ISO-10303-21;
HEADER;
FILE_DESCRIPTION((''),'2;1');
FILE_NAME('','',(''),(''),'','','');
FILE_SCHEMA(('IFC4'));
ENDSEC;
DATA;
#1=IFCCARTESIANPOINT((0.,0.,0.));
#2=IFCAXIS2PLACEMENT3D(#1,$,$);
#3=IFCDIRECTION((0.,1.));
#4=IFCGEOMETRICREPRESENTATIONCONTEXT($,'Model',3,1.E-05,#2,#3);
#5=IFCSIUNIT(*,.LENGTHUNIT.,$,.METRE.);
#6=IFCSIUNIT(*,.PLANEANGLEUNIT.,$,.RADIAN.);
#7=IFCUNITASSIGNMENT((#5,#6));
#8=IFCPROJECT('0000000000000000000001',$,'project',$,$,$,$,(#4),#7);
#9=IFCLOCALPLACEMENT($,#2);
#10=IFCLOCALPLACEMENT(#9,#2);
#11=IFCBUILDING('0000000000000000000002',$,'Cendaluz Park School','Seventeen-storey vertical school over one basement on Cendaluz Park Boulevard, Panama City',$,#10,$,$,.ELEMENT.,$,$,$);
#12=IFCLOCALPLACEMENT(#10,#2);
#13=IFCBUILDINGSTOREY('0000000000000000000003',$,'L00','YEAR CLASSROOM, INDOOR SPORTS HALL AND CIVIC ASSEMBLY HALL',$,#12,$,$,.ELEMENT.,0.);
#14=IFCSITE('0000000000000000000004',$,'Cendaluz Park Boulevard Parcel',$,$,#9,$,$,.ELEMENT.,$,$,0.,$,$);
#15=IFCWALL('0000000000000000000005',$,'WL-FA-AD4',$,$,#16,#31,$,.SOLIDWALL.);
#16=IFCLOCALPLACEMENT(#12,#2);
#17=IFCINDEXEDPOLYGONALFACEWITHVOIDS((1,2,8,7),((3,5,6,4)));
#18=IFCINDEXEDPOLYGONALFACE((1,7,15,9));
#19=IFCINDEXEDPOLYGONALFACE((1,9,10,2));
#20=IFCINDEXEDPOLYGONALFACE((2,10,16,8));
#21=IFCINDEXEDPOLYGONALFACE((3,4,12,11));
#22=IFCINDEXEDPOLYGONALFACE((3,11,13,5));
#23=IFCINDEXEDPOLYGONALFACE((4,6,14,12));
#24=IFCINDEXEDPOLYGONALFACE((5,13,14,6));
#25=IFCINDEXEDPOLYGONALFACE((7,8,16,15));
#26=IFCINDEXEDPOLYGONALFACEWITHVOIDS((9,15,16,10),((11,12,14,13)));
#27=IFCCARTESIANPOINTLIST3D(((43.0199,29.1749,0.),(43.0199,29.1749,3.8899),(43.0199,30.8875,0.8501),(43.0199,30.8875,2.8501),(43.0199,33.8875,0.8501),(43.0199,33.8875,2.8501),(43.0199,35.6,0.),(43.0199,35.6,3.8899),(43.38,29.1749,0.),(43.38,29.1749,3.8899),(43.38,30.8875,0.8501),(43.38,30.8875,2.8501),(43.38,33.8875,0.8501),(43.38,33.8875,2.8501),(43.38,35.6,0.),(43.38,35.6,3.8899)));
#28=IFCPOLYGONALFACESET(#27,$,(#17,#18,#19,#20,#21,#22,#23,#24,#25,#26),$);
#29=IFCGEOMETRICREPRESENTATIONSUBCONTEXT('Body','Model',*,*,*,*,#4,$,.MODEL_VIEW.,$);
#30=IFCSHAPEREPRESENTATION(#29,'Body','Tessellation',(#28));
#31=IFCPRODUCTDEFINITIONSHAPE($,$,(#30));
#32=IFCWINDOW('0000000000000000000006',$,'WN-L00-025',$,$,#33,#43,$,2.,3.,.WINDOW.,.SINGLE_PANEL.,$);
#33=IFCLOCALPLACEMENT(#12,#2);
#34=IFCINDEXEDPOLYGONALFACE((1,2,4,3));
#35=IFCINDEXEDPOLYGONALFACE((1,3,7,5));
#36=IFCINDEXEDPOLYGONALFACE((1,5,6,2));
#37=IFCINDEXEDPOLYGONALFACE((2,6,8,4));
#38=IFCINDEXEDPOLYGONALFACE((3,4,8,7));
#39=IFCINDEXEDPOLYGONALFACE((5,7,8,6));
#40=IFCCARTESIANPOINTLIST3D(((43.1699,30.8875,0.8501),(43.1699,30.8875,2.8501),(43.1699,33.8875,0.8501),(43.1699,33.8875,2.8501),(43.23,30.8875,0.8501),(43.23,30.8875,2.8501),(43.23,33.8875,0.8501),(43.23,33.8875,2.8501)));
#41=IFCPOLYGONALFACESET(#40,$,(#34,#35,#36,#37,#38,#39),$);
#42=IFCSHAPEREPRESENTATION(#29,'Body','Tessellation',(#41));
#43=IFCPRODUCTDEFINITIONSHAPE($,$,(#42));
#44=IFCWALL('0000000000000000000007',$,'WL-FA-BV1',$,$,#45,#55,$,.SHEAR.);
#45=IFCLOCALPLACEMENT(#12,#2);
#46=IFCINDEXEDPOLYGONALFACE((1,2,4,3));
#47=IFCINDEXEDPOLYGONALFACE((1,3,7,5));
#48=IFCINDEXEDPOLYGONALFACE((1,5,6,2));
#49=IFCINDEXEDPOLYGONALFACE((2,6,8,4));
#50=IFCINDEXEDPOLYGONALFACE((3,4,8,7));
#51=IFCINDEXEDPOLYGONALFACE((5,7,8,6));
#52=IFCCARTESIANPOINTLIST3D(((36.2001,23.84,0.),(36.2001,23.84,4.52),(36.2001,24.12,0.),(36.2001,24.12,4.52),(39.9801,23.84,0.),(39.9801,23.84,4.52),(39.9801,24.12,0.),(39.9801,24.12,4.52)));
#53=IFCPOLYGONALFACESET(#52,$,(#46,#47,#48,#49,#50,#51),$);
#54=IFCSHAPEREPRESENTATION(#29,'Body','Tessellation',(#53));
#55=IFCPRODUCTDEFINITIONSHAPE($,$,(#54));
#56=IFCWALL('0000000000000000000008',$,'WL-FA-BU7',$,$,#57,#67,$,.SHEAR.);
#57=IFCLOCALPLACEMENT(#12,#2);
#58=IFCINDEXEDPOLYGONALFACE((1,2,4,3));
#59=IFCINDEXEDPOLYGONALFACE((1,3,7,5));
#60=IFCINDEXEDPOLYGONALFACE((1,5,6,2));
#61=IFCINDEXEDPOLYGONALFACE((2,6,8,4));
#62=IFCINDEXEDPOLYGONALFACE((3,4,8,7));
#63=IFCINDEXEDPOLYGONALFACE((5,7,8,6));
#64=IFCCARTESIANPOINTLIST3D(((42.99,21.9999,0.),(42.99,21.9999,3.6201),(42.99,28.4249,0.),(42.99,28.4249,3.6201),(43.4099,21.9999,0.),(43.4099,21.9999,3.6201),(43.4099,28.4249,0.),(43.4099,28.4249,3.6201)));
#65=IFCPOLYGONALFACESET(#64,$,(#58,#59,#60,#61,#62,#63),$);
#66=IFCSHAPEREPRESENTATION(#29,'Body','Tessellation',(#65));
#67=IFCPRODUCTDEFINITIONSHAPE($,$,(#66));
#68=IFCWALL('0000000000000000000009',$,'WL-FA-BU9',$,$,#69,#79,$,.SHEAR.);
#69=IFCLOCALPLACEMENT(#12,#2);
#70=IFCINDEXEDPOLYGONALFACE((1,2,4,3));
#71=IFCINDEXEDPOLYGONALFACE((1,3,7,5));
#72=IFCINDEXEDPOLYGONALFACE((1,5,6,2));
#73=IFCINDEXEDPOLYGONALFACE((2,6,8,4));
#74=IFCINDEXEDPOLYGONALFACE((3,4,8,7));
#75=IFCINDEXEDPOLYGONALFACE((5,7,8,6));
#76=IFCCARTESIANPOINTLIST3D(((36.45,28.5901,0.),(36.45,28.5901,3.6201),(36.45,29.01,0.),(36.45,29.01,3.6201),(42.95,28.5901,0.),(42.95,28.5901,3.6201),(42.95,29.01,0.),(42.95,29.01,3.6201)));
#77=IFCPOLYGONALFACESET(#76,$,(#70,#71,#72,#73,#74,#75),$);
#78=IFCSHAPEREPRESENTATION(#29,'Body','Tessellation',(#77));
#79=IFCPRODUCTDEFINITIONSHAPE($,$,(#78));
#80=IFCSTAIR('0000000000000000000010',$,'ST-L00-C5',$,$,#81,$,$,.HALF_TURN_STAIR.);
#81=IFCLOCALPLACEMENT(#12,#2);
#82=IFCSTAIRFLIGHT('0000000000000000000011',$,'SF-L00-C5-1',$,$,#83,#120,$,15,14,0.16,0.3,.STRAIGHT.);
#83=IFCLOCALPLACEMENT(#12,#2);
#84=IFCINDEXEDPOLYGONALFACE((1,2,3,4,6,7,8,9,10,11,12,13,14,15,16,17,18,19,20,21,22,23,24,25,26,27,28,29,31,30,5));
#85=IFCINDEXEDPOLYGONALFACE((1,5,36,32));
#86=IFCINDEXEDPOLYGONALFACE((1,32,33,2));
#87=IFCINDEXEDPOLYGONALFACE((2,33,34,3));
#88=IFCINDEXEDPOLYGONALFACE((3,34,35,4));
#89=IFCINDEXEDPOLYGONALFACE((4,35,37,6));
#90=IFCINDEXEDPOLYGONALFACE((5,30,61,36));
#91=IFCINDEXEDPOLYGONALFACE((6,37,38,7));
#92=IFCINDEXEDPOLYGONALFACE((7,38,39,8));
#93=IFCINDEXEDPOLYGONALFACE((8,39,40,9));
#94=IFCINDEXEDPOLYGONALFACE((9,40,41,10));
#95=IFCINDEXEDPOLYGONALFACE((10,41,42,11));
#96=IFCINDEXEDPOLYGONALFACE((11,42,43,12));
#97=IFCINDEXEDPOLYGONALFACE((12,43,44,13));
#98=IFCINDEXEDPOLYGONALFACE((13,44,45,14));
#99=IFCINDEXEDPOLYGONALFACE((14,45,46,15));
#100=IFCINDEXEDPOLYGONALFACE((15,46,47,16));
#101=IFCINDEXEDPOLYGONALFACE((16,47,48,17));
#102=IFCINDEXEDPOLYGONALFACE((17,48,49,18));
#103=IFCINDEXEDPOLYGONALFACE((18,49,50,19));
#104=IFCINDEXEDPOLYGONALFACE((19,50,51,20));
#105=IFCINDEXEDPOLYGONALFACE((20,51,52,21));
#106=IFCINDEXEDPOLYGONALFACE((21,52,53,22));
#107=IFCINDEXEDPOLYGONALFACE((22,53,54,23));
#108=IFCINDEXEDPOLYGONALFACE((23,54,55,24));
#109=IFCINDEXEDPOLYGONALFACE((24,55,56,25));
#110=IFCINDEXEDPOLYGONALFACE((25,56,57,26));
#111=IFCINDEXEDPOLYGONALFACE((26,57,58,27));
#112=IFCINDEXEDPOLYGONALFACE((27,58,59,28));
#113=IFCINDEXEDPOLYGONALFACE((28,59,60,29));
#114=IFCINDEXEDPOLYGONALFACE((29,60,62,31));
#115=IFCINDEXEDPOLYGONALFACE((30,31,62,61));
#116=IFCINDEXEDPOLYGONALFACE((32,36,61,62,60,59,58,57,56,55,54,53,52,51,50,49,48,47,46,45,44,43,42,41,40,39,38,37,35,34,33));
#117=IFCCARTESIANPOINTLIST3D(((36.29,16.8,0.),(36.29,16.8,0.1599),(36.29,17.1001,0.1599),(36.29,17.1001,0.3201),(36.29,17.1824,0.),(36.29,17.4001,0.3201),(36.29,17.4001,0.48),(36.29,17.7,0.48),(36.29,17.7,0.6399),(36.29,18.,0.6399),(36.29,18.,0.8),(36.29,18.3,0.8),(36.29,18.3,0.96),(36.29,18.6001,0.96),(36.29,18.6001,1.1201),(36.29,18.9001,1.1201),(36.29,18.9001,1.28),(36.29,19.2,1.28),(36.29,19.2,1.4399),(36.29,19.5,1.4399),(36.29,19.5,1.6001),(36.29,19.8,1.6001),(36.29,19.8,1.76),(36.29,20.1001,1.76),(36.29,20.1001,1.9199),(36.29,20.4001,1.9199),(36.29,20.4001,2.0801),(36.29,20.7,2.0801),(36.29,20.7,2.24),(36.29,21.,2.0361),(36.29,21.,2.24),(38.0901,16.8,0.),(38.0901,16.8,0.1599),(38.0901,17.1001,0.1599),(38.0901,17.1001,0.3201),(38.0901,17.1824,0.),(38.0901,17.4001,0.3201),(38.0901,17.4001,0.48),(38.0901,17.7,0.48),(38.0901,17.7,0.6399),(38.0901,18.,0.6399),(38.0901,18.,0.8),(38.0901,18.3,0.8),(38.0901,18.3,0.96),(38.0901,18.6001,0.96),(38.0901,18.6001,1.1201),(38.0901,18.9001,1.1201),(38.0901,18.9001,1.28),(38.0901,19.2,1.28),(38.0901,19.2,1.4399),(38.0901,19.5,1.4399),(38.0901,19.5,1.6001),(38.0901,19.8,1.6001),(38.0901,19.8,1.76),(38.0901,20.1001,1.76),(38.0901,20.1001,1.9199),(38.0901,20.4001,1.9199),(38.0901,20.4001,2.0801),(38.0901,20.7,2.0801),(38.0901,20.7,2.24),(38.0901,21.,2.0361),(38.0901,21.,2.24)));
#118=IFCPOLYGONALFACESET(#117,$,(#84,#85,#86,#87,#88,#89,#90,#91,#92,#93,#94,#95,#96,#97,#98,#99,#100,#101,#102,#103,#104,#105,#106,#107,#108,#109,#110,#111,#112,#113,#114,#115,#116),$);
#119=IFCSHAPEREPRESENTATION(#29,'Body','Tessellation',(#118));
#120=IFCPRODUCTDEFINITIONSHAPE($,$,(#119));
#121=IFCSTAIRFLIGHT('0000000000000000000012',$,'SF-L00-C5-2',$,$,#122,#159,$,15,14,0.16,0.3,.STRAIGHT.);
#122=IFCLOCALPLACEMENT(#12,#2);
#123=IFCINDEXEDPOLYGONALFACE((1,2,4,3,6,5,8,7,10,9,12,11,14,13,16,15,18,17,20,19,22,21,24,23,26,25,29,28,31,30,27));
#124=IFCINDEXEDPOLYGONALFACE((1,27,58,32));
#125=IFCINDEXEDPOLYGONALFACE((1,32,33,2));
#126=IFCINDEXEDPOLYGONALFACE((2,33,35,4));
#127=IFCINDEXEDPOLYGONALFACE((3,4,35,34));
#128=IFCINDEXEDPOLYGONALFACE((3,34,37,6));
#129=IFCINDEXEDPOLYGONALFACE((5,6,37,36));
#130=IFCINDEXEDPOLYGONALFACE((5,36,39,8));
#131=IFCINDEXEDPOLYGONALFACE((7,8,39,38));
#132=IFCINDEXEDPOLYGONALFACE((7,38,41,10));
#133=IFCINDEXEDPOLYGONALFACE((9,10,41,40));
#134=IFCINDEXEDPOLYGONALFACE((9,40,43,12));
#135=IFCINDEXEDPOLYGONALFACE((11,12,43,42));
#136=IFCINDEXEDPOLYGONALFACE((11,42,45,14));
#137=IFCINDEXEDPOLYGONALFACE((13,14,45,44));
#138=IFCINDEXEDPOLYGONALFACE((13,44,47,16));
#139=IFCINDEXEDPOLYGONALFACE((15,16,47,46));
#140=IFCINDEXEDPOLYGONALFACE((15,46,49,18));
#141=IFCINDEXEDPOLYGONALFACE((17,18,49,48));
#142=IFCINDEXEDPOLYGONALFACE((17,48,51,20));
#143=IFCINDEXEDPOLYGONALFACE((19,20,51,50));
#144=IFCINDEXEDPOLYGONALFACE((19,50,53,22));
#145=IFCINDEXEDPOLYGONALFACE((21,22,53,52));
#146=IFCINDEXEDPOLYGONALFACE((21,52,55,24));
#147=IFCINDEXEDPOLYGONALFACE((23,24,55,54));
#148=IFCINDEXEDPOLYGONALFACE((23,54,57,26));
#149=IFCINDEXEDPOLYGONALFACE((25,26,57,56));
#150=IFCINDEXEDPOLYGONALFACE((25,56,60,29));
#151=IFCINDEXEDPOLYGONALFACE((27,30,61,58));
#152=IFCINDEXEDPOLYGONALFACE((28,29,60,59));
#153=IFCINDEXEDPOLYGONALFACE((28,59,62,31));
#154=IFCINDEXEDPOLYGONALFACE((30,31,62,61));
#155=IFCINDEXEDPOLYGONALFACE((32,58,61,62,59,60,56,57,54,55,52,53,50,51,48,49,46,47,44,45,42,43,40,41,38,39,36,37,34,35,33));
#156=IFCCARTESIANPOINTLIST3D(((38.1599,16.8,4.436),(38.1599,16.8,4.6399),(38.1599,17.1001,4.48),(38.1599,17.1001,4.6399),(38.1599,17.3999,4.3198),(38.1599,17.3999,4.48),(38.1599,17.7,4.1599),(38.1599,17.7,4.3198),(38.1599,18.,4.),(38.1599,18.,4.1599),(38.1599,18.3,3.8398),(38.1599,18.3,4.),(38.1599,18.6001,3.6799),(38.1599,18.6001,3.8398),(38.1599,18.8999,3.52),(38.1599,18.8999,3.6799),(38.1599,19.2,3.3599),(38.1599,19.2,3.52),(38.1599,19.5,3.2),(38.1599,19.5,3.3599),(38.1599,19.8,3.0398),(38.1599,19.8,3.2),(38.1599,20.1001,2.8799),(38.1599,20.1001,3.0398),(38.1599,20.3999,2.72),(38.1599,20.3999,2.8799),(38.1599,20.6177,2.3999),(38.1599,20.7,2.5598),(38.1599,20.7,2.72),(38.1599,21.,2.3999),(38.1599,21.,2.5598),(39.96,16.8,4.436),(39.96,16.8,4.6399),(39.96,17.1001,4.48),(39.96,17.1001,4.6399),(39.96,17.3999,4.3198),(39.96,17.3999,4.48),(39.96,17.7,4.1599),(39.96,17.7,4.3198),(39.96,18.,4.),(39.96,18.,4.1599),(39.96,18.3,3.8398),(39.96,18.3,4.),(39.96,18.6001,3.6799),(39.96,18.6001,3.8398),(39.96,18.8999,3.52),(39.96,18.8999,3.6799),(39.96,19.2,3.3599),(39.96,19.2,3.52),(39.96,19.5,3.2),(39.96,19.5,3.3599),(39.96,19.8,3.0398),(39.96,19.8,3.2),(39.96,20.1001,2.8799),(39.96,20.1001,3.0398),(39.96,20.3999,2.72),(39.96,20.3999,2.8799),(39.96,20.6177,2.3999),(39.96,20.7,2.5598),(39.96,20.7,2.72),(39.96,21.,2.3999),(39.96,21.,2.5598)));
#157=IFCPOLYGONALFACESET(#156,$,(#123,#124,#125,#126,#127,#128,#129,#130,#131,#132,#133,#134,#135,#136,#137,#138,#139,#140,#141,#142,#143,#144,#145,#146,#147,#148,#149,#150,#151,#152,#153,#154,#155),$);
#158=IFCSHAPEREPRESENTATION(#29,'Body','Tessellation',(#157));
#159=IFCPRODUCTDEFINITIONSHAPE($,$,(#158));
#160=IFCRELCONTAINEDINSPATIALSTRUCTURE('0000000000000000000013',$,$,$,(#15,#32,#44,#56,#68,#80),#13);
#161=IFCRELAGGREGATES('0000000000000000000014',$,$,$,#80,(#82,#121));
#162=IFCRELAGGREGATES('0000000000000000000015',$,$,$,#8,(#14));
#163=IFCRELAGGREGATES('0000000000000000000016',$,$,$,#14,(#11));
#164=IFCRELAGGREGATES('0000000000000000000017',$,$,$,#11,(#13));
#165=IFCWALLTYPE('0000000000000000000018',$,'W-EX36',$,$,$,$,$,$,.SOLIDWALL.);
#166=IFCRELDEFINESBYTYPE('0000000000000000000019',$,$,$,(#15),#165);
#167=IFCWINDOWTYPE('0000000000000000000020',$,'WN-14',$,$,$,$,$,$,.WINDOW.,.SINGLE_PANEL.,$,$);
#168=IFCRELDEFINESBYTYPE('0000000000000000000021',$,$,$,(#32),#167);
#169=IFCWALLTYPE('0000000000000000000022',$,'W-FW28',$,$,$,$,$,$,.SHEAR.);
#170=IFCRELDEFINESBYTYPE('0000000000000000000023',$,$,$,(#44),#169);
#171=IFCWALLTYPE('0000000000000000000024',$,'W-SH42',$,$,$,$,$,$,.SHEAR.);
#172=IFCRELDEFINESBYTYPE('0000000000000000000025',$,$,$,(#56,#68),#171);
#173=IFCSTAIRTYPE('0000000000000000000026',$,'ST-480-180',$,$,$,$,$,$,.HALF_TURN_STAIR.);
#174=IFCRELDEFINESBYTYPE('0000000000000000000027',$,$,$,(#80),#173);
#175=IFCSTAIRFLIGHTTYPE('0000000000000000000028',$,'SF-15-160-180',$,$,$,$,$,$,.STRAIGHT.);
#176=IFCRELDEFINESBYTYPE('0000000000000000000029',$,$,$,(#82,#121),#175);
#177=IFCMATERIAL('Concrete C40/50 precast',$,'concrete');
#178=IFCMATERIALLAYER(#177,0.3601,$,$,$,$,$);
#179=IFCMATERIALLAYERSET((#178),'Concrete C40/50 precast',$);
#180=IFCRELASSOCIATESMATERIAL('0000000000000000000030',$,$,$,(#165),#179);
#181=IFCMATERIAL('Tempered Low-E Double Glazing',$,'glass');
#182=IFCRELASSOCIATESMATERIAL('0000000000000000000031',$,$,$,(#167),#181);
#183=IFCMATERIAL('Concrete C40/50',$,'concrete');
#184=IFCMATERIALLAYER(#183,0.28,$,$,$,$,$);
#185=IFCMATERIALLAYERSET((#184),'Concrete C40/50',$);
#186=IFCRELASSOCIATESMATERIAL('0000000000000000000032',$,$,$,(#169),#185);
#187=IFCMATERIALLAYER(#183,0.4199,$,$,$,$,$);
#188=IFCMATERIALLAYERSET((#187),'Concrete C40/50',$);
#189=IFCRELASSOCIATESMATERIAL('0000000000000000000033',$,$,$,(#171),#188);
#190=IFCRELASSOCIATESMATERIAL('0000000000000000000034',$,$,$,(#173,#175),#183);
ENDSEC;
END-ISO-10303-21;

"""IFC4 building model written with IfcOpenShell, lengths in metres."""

from ifc_helpers import new_model, si_unit, direction, frame, frame_2d, origin, place, context, subcontext, project, spatial, polyline, rectangle, outline, extrude, material, layer, layer_set, type_object, element, fill, aggregate, save


model = new_model("IFC4")

# Units and contexts
model_context = context("Model", 3, precision=1e-05, world=origin(), true_north=direction((0.0, 1.0)))
body_context = subcontext(model_context, "Body", "Model", "MODEL_VIEW")
ifc_project = project(units=[si_unit("LENGTHUNIT", "METRE"), si_unit("PLANEANGLEUNIT", "RADIAN")], contexts=[model_context])

# Site, building, storey
site_placement = place(None, origin())
site = spatial("IfcSite", under=ifc_project, at=site_placement, Name="Cendaluz Park Boulevard Parcel", CompositionType="ELEMENT", RefElevation=0.0)
building_placement = place(site_placement, origin())
building = spatial("IfcBuilding", under=site, at=building_placement, Name="Cendaluz Park School", Description="Seventeen-storey vertical school over one basement on Cendaluz Park Boulevard, Panama City", CompositionType="ELEMENT")
storey_placement = place(building_placement, origin())
storey = spatial("IfcBuildingStorey", under=building, at=storey_placement, Name="L00", Description="YEAR CLASSROOM, INDOOR SPORTS HALL AND CIVIC ASSEMBLY HALL", CompositionType="ELEMENT", Elevation=0.0)

# Shared definitions
ifc_material_1 = material(Name="Concrete C40/50", Category="concrete")

# Wall, opening, window
ifc_material_2 = material(Name="Concrete C40/50 precast", Category="concrete")
ifc_layer_1 = layer(ifc_material_2, 0.3601)
ifc_layer_set_1 = layer_set([ifc_layer_1], Name="Concrete C40/50 precast")
wall_type_1 = type_object("IfcWallType", Name="W-EX36", PredefinedType="SOLIDWALL", material=ifc_layer_set_1)
wall_1_placement = place(storey_placement, frame((43.2, 29.175, 0.0), z_axis=(0.0, 0.0, 1.0), x_axis=(0.0, 1.0, 0.0)))
wall_1 = element("IfcWall", 1, at=wall_1_placement, inside=storey, type_object=wall_type_1, Name="WL-FA-AD4", PredefinedType="SOLIDWALL", context=body_context, shape_type="SweptSolid", body=[
    extrude(rectangle(XDim=6.425, YDim=0.3601, at=frame_2d((3.2124, 0.0))), origin(), (0.0, 0.0, 1.0), 3.8899),
])
opening_1_placement = place(wall_1_placement, frame((1.7124, 0.0, 0.8501)))
opening_1 = element("IfcOpeningElement", 2, at=opening_1_placement, cuts=wall_1, PredefinedType="OPENING", context=body_context, shape_type="SweptSolid", body=[
    extrude(rectangle(XDim=3.0, YDim=2.0, at=frame_2d((1.5, 1.0))), frame((0.0, 0.1921, 0.0), z_axis=(0.0, -1.0, 0.0), x_axis=(1.0, 0.0, 0.0)), (0.0, 0.0, 1.0), 0.384),
])
ifc_material_3 = material(Name="Tempered Low-E Double Glazing", Category="glass")
window_type = type_object("IfcWindowType", Name="WN-14", PartitioningType="SINGLE_PANEL", PredefinedType="WINDOW", material=ifc_material_3)
window_placement = place(opening_1_placement, origin())
window = element("IfcWindow", 3, at=window_placement, inside=storey, type_object=window_type, Name="WN-L00-025", OverallHeight=2.0, OverallWidth=3.0, PartitioningType="SINGLE_PANEL", PredefinedType="WINDOW", context=body_context, shape_type="SweptSolid", body=[
    extrude(rectangle(XDim=3.0, YDim=2.0, at=frame_2d((1.5, 1.0))), frame((0.0, 0.03, 0.0), z_axis=(0.0, -1.0, 0.0), x_axis=(1.0, 0.0, 0.0)), (0.0, 0.0, 1.0), 0.0601),
])
fill(opening_1, window)

# Wall
ifc_layer_2 = layer(ifc_material_1, 0.28)
ifc_layer_set_2 = layer_set([ifc_layer_2], Name="Concrete C40/50")
wall_type_2 = type_object("IfcWallType", Name="W-FW28", PredefinedType="SHEAR", material=ifc_layer_set_2)
wall_2_placement = place(storey_placement, frame((36.2, 23.98, 0.0), z_axis=(0.0, 0.0, 1.0), x_axis=(1.0, 0.0, 0.0)))
element("IfcWall", 4, at=wall_2_placement, inside=storey, type_object=wall_type_2, Name="WL-FA-BV1", PredefinedType="SHEAR", context=body_context, shape_type="SweptSolid", body=[
    extrude(rectangle(XDim=3.78, YDim=0.28, at=frame_2d((1.8901, 0.0))), origin(), (0.0, 0.0, 1.0), 4.52),
])

# Walls
ifc_layer_3 = layer(ifc_material_1, 0.4199)
ifc_layer_set_3 = layer_set([ifc_layer_3], Name="Concrete C40/50")
wall_type_3 = type_object("IfcWallType", Name="W-SH42", PredefinedType="SHEAR", material=ifc_layer_set_3)
wall_3_placement = place(storey_placement, frame((43.2, 22.0, 0.0), z_axis=(0.0, 0.0, 1.0), x_axis=(0.0, 1.0, 0.0)))
element("IfcWall", 5, at=wall_3_placement, inside=storey, type_object=wall_type_3, Name="WL-FA-BU7", PredefinedType="SHEAR", context=body_context, shape_type="SweptSolid", body=[
    extrude(rectangle(XDim=6.425, YDim=0.4199, at=frame_2d((3.2124, 0.0))), origin(), (0.0, 0.0, 1.0), 3.6201),
])
wall_4_placement = place(storey_placement, frame((36.45, 28.8, 0.0), z_axis=(0.0, 0.0, 1.0), x_axis=(1.0, 0.0, 0.0)))
element("IfcWall", 6, at=wall_4_placement, inside=storey, type_object=wall_type_3, Name="WL-FA-BU9", PredefinedType="SHEAR", context=body_context, shape_type="SweptSolid", body=[
    extrude(rectangle(XDim=6.5, YDim=0.4199, at=frame_2d((3.25, 0.0))), origin(), (0.0, 0.0, 1.0), 3.6201),
])

# Stair, stair flights
stair_type = type_object("IfcStairType", Name="ST-480-180", PredefinedType="HALF_TURN_STAIR", material=ifc_material_1)
stair_placement = place(storey_placement, origin())
stair = element("IfcStair", 7, at=stair_placement, inside=storey, type_object=stair_type, Name="ST-L00-C5", PredefinedType="HALF_TURN_STAIR")
stair_flight_type = type_object("IfcStairFlightType", Name="SF-15-160-180", PredefinedType="STRAIGHT", material=ifc_material_1)
stair_flight_1_placement = place(storey_placement, frame((37.1899, 16.8, 0.0), z_axis=(0.0, 0.0, 1.0), x_axis=(0.0, 1.0, 0.0)))
stair_flight_1 = element("IfcStairFlight", 8, at=stair_flight_1_placement, type_object=stair_flight_type, Name="SF-L00-C5-1", NumberOfRisers=15, NumberOfTreads=14, PredefinedType="STRAIGHT", RiserHeight=0.16, TreadLength=0.3, context=body_context, shape_type="SweptSolid", body=[
    extrude(outline(polyline([(0.0, 0.0), (0.0, 0.1599), (0.3, 0.1599), (0.3, 0.3201), (0.6001, 0.3201), (0.6001, 0.48), (0.8999, 0.48), (0.8999, 0.6399), (1.2, 0.6399), (1.2, 0.8), (1.5, 0.8), (1.5, 0.96), (1.8, 0.96), (1.8, 1.1201), (2.1001, 1.1201), (2.1001, 1.28), (2.3999, 1.28), (2.3999, 1.4399), (2.7, 1.4399), (2.7, 1.6001), (3.0, 1.6001), (3.0, 1.76), (3.3, 1.76), (3.3, 1.9199), (3.6001, 1.9199), (3.6001, 2.0801), (3.8999, 2.0801), (3.8999, 2.24), (4.2, 2.24), (4.2, 2.3999), (4.2, 2.0361), (0.3823, 0.0), (0.0, 0.0)])), frame((0.0, 0.8999, 0.0), z_axis=(0.0, -1.0, 0.0), x_axis=(1.0, 0.0, 0.0)), (0.0, 0.0, 1.0), 1.8),
])
stair_flight_2_placement = place(storey_placement, frame((39.0601, 21.0, 2.3999), z_axis=(0.0, 0.0, 1.0), x_axis=(0.0, -1.0, 0.0)))
stair_flight_2 = element("IfcStairFlight", 9, at=stair_flight_2_placement, type_object=stair_flight_type, Name="SF-L00-C5-2", NumberOfRisers=15, NumberOfTreads=14, PredefinedType="STRAIGHT", RiserHeight=0.16, TreadLength=0.3, context=body_context, shape_type="SweptSolid", body=[
    extrude(outline(polyline([(0.0, 0.0), (0.0, 0.1599), (0.3, 0.1599), (0.3, 0.3201), (0.6001, 0.3201), (0.6001, 0.48), (0.8999, 0.48), (0.8999, 0.6399), (1.2, 0.6399), (1.2, 0.8), (1.5, 0.8), (1.5, 0.96), (1.8, 0.96), (1.8, 1.1201), (2.1001, 1.1201), (2.1001, 1.28), (2.3999, 1.28), (2.3999, 1.4399), (2.7, 1.4399), (2.7, 1.6001), (3.0, 1.6001), (3.0, 1.76), (3.3, 1.76), (3.3, 1.9199), (3.6001, 1.9199), (3.6001, 2.0801), (3.8999, 2.0801), (3.8999, 2.24), (4.2, 2.24), (4.2, 2.3999), (4.2, 2.0361), (0.3823, 0.0), (0.0, 0.0)])), frame((0.0, 0.8999, 0.0), z_axis=(0.0, -1.0, 0.0), x_axis=(1.0, 0.0, 0.0)), (0.0, 0.0, 1.0), 1.8),
])
aggregate(stair, [stair_flight_1, stair_flight_2])

save(model, "model.ifc")
